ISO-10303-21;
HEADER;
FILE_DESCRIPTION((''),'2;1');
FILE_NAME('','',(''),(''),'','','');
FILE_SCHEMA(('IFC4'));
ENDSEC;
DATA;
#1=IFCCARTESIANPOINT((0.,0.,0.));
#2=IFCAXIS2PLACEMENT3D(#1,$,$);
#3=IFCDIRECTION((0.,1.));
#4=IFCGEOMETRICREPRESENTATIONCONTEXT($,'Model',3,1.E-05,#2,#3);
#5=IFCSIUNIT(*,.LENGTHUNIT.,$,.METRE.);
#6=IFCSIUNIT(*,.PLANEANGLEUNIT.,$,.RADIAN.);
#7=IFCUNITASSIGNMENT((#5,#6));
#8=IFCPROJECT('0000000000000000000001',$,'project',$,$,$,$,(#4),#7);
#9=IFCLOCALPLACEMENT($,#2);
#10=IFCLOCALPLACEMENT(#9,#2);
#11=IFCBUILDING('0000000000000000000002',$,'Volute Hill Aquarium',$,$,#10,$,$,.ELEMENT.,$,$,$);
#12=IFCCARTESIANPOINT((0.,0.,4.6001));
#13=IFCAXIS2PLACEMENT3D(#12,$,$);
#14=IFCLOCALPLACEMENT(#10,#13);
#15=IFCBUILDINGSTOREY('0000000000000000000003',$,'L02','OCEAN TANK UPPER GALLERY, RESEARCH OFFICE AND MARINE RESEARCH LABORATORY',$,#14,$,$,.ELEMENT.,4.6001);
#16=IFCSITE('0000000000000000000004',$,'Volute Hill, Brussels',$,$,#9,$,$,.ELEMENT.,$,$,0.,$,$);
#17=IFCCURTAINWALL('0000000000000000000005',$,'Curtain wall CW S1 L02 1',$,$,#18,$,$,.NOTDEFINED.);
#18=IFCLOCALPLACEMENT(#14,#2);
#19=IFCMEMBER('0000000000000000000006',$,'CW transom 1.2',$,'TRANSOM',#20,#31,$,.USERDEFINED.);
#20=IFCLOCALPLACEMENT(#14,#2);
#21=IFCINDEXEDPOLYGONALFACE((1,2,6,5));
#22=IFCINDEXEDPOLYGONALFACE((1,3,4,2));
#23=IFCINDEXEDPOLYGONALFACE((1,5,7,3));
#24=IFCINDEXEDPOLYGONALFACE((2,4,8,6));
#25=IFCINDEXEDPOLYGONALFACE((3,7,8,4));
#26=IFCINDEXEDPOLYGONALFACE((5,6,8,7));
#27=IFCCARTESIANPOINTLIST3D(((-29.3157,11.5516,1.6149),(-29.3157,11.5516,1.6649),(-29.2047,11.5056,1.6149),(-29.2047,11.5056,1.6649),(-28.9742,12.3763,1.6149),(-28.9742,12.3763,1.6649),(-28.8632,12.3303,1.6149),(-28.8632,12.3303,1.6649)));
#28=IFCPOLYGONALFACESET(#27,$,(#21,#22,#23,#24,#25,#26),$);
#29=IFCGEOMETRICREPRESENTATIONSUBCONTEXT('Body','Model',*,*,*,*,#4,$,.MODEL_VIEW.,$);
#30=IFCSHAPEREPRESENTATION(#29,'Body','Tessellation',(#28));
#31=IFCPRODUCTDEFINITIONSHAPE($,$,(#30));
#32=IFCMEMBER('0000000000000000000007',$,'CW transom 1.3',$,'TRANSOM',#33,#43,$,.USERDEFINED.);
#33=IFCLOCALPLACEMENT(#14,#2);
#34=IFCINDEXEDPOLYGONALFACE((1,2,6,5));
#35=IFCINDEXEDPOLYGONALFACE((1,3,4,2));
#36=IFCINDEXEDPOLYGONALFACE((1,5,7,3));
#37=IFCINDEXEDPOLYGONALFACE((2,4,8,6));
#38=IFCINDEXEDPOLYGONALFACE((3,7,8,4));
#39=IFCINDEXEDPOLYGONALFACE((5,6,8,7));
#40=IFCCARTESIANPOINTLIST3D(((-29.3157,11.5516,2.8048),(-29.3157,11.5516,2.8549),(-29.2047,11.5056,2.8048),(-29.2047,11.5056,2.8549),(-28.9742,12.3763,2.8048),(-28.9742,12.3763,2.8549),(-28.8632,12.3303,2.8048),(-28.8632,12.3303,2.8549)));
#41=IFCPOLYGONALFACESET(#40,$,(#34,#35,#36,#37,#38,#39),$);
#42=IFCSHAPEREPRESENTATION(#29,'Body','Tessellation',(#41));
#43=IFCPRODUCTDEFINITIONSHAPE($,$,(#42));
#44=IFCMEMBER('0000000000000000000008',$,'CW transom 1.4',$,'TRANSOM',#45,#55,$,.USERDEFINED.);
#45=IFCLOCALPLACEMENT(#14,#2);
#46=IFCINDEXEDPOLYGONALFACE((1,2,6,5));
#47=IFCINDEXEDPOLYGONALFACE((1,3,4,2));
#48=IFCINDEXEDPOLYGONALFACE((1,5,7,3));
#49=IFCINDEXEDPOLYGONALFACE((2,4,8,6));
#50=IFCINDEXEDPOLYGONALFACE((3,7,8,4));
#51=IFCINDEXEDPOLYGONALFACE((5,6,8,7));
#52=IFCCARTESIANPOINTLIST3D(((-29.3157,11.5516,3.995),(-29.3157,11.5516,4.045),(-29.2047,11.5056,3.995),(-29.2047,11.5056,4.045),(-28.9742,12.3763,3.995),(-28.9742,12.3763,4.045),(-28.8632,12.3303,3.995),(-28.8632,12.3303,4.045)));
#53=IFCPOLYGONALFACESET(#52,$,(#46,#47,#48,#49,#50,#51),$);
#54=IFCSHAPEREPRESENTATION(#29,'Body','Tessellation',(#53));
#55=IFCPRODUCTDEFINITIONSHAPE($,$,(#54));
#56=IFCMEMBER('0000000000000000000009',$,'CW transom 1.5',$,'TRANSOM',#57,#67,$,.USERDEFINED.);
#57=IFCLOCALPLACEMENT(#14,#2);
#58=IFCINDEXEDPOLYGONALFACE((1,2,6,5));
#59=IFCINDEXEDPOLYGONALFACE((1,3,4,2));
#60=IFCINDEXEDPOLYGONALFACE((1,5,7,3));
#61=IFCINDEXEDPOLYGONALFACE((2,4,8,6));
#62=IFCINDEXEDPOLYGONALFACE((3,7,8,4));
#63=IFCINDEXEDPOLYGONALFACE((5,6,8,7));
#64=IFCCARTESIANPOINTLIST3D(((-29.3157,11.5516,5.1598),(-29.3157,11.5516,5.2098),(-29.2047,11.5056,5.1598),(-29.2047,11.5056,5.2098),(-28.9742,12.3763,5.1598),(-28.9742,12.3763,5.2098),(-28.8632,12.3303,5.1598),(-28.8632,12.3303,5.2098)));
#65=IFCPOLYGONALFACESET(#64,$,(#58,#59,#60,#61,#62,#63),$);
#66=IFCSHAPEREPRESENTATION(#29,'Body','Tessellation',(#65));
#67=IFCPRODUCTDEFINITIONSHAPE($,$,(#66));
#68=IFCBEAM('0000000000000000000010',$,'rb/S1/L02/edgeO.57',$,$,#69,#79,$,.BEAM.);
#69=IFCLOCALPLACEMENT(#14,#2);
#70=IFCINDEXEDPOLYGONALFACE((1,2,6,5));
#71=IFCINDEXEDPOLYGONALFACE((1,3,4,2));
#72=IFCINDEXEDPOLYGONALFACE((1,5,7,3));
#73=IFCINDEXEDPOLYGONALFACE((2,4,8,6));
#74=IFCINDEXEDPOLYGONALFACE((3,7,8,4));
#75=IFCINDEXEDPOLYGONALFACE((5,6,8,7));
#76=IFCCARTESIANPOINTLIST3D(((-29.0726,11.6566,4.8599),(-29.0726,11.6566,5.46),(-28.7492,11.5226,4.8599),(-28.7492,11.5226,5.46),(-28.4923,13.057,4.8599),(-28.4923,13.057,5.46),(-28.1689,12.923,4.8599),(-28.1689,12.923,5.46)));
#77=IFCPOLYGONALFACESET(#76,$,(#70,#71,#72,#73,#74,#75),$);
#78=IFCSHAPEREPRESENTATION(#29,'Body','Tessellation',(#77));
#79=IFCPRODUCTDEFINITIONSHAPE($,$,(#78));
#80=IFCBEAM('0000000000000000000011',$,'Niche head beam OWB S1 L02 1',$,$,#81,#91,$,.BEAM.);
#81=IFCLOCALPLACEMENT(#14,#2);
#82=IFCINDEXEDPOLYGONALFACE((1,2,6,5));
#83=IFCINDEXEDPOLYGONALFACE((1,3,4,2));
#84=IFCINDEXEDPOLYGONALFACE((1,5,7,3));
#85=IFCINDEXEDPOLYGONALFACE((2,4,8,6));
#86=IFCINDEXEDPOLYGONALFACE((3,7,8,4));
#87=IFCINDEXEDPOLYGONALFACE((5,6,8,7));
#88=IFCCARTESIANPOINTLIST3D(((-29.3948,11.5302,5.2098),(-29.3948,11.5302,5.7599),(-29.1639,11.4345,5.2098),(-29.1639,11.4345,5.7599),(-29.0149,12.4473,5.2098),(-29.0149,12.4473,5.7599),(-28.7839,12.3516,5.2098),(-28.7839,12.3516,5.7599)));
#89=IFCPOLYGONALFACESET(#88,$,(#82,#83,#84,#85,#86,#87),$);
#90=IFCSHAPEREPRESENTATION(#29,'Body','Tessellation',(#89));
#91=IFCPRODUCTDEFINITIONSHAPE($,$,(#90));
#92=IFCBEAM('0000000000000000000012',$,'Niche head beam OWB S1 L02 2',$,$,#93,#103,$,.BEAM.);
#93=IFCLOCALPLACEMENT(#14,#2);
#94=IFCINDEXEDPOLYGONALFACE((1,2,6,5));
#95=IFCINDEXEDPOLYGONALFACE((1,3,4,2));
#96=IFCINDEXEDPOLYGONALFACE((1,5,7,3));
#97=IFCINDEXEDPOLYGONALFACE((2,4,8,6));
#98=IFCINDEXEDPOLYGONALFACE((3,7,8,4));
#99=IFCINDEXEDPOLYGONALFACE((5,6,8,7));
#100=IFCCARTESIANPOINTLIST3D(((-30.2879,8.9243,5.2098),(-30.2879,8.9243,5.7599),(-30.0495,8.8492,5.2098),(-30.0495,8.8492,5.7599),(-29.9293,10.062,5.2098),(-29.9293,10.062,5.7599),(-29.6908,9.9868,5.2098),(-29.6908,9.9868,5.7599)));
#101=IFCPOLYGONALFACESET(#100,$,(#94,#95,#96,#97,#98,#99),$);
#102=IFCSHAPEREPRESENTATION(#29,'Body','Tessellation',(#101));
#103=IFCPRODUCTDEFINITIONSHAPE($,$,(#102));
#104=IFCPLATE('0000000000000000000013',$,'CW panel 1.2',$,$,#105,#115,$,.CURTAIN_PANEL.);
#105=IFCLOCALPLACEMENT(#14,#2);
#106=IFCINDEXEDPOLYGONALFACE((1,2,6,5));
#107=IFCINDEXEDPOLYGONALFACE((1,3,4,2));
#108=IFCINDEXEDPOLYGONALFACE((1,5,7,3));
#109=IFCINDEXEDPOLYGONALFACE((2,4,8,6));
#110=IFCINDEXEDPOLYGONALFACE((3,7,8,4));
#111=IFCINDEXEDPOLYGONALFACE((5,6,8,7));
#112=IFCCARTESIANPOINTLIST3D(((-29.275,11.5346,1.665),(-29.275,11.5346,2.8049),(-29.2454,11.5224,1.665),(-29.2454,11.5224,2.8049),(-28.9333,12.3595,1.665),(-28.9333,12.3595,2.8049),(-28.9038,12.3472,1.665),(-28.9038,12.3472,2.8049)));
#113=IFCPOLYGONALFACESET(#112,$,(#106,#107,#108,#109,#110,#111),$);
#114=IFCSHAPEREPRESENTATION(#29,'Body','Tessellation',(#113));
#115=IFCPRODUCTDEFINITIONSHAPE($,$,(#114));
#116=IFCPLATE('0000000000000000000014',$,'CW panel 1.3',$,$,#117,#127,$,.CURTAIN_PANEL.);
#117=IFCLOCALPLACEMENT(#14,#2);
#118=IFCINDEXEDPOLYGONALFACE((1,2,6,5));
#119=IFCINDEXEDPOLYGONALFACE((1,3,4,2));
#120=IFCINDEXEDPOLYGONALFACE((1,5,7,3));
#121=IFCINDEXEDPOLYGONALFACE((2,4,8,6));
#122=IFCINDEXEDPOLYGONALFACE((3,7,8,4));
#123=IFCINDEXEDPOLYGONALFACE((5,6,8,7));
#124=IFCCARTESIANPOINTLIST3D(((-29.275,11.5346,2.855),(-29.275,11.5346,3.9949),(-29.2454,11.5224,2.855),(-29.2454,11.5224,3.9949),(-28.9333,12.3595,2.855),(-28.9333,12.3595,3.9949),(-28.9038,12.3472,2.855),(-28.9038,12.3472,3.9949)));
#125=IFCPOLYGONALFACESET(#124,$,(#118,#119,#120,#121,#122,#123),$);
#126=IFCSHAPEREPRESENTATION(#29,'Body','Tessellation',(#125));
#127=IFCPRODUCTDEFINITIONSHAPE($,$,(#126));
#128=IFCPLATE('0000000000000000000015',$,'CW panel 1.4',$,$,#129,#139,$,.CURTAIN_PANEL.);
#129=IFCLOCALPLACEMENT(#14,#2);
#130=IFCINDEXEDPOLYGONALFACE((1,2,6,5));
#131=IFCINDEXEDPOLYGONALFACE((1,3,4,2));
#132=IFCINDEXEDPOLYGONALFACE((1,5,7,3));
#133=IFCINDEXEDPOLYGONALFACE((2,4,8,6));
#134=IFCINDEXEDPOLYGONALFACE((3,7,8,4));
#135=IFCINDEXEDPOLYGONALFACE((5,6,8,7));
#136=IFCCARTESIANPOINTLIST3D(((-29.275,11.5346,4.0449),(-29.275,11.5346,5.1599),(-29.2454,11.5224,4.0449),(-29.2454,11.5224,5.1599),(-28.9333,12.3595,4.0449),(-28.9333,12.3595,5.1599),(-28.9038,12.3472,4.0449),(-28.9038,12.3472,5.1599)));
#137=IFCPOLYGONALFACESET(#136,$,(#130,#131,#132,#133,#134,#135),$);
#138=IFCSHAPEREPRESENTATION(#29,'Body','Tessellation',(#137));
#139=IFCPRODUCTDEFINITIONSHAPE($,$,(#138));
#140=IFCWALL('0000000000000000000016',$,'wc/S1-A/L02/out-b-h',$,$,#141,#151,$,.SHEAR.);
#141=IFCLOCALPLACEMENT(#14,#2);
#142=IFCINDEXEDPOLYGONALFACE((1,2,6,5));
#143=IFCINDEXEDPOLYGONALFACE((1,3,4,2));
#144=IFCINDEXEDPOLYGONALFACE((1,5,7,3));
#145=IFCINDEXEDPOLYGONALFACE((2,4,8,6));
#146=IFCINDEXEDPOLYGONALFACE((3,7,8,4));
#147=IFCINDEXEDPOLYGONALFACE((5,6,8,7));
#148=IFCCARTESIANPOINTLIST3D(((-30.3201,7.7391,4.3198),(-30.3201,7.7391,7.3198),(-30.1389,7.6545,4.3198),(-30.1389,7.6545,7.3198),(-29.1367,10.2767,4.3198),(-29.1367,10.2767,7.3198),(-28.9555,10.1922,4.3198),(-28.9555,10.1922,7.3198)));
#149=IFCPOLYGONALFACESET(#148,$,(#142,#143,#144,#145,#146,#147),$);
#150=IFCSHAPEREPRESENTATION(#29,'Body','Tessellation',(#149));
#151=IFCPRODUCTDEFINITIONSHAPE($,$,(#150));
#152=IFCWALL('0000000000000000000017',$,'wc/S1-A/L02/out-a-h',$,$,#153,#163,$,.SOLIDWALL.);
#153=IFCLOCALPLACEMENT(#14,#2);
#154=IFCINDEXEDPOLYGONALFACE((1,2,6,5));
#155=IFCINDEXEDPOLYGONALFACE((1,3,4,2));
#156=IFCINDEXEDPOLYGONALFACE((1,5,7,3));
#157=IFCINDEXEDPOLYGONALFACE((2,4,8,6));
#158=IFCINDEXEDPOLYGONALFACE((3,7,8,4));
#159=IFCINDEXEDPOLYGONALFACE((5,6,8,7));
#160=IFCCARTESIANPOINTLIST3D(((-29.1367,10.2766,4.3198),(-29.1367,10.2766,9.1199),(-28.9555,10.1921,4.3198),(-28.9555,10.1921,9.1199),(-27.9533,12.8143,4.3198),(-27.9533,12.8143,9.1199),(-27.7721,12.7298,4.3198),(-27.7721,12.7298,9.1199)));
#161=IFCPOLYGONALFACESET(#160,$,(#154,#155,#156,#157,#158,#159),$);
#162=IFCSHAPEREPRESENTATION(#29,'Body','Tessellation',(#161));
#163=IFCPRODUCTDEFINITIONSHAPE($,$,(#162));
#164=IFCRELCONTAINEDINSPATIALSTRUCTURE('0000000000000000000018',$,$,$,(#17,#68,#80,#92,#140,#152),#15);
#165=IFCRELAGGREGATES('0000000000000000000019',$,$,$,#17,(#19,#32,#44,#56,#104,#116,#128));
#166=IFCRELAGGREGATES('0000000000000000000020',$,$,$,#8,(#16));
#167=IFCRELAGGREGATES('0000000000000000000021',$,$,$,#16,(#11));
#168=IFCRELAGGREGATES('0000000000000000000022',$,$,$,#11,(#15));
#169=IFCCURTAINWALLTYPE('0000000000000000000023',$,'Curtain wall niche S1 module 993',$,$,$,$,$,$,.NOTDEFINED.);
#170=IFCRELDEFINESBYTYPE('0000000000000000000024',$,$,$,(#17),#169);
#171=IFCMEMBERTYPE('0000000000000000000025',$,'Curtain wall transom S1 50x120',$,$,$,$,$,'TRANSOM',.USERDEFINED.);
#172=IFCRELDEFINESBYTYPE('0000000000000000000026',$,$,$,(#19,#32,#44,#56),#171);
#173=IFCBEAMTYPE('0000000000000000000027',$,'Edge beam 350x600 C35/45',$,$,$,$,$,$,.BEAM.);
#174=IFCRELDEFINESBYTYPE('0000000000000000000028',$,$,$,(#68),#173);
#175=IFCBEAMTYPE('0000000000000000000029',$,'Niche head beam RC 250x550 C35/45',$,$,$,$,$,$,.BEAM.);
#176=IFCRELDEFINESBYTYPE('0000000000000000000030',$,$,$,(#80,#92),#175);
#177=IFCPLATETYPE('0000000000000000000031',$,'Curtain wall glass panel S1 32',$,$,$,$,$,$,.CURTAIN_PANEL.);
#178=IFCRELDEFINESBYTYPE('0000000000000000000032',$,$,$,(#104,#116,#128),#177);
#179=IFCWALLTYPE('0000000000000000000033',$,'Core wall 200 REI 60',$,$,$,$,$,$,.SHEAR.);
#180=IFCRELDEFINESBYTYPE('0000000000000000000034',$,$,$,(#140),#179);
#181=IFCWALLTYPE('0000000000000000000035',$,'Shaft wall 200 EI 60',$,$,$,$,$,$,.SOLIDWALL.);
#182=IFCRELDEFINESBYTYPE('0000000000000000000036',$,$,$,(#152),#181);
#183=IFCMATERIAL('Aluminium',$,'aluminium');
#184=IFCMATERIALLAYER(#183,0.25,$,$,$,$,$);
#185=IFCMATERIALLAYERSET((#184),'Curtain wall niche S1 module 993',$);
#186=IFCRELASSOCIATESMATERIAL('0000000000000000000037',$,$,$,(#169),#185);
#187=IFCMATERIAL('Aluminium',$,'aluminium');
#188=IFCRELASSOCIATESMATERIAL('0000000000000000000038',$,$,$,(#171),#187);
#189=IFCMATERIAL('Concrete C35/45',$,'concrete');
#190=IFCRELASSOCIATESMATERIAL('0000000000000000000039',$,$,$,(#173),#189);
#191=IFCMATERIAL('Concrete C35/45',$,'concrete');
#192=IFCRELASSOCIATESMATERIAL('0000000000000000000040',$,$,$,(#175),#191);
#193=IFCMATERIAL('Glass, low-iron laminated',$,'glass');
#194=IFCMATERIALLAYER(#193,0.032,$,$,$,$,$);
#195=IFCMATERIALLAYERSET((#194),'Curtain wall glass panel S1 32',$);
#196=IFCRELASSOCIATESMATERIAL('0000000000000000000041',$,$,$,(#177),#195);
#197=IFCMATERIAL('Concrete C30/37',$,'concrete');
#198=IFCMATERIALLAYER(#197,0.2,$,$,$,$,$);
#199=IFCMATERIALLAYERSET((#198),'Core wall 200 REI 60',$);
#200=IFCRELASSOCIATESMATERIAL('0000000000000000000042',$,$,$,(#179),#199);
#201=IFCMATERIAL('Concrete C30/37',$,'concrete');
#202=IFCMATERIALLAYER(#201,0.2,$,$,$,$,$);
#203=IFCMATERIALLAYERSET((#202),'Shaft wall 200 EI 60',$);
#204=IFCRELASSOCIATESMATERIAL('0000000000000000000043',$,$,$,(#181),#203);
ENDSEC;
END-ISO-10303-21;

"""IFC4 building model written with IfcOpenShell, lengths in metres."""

from ifc_helpers import new_model, si_unit, direction, frame, frame_2d, origin, origin_2d, place, context, subcontext, project, spatial, rectangle, extrude, material, layer, layer_set, material_profile, profile_set, type_object, element, aggregate, save


model = new_model("IFC4")

# Units and contexts
model_context = context("Model", 3, precision=1e-05, world=origin(), true_north=direction((0.0, 1.0)))
body_context = subcontext(model_context, "Body", "Model", "MODEL_VIEW")
ifc_project = project(units=[si_unit("LENGTHUNIT", "METRE"), si_unit("PLANEANGLEUNIT", "RADIAN")], contexts=[model_context])

# Site, building, storey
site_placement = place(None, origin())
site = spatial("IfcSite", under=ifc_project, at=site_placement, Name="Volute Hill, Brussels", CompositionType="ELEMENT", RefElevation=0.0)
building_placement = place(site_placement, origin())
building = spatial("IfcBuilding", under=site, at=building_placement, Name="Volute Hill Aquarium", CompositionType="ELEMENT")
storey_placement = place(building_placement, frame((0.0, 0.0, 4.6001)))
storey = spatial("IfcBuildingStorey", under=building, at=storey_placement, Name="L02", Description="OCEAN TANK UPPER GALLERY, RESEARCH OFFICE AND MARINE RESEARCH LABORATORY", CompositionType="ELEMENT", Elevation=4.6001)

# Curtain wall, members
ifc_material_1 = material(Name="Aluminium", Category="aluminium")
ifc_layer_1 = layer(ifc_material_1, 0.25)
ifc_layer_set_1 = layer_set([ifc_layer_1], Name="Curtain wall niche S1 module 993")
curtain_wall_type = type_object("IfcCurtainWallType", Name="Curtain wall niche S1 module 993", PredefinedType="NOTDEFINED", material=ifc_layer_set_1)
curtain_wall_placement = place(storey_placement, origin())
curtain_wall = element("IfcCurtainWall", 1, at=curtain_wall_placement, inside=storey, type_object=curtain_wall_type, Name="Curtain wall CW S1 L02 1", PredefinedType="NOTDEFINED")
ifc_material_2 = material(Name="Aluminium", Category="aluminium")
ifc_material_profile_1 = material_profile(ifc_material_2, rectangle(XDim=0.1201, YDim=0.05, at=origin_2d()), Name="Curtain wall transom S1 50x120")
ifc_profile_set_1 = profile_set([ifc_material_profile_1], Name="Aluminium")
member_type = type_object("IfcMemberType", Name="Curtain wall transom S1 50x120", ElementType="TRANSOM", PredefinedType="USERDEFINED", material=ifc_profile_set_1)
member_1_placement = place(storey_placement, frame((-28.9187, 12.3533, 1.6399), z_axis=(-0.382634, -0.9239, 0.0), x_axis=(0.9239, -0.382634, 0.0)))
member_1 = element("IfcMember", 2, at=member_1_placement, type_object=member_type, Name="CW transom 1.2", ObjectType="TRANSOM", PredefinedType="USERDEFINED", context=body_context, shape_type="SweptSolid", body=[
    extrude(rectangle(XDim=0.1201, YDim=0.05, at=origin_2d()), origin(), (0.0, 0.0, 1.0), 0.8926),
])
member_2_placement = place(storey_placement, frame((-28.9187, 12.3533, 2.8298), z_axis=(-0.382634, -0.9239, 0.0), x_axis=(0.9239, -0.382634, 0.0)))
member_2 = element("IfcMember", 3, at=member_2_placement, type_object=member_type, Name="CW transom 1.3", ObjectType="TRANSOM", PredefinedType="USERDEFINED", context=body_context, shape_type="SweptSolid", body=[
    extrude(rectangle(XDim=0.1201, YDim=0.05, at=origin_2d()), origin(), (0.0, 0.0, 1.0), 0.8926),
])
member_3_placement = place(storey_placement, frame((-28.9187, 12.3533, 4.02), z_axis=(-0.382634, -0.9239, 0.0), x_axis=(0.9239, -0.382634, 0.0)))
member_3 = element("IfcMember", 4, at=member_3_placement, type_object=member_type, Name="CW transom 1.4", ObjectType="TRANSOM", PredefinedType="USERDEFINED", context=body_context, shape_type="SweptSolid", body=[
    extrude(rectangle(XDim=0.1201, YDim=0.05, at=origin_2d()), origin(), (0.0, 0.0, 1.0), 0.8926),
])
member_4_placement = place(storey_placement, frame((-28.9187, 12.3533, 5.1848), z_axis=(-0.382634, -0.9239, 0.0), x_axis=(0.9239, -0.382634, 0.0)))
member_4 = element("IfcMember", 5, at=member_4_placement, type_object=member_type, Name="CW transom 1.5", ObjectType="TRANSOM", PredefinedType="USERDEFINED", context=body_context, shape_type="SweptSolid", body=[
    extrude(rectangle(XDim=0.1201, YDim=0.05, at=origin_2d()), origin(), (0.0, 0.0, 1.0), 0.8926),
])

# Beams
ifc_material_3 = material(Name="Concrete C35/45", Category="concrete")
ifc_material_profile_2 = material_profile(ifc_material_3, rectangle(XDim=0.3501, YDim=0.6001, at=origin_2d()), Name="RC edge beam 350x600")
ifc_profile_set_2 = profile_set([ifc_material_profile_2], Name="Concrete C35/45")
beam_type_1 = type_object("IfcBeamType", Name="Edge beam 350x600 C35/45", PredefinedType="BEAM", material=ifc_profile_set_2)
beam_1_placement = place(storey_placement, frame((-28.3306, 12.99, 5.1599), z_axis=(-0.382831, -0.923819, 0.0), x_axis=(0.923819, -0.382831, 0.0)))
element("IfcBeam", 6, at=beam_1_placement, inside=storey, type_object=beam_type_1, Name="rb/S1/L02/edgeO.57", PredefinedType="BEAM", context=body_context, shape_type="SweptSolid", body=[
    extrude(rectangle(XDim=0.3501, YDim=0.6001, at=origin_2d()), origin(), (0.0, 0.0, 1.0), 1.5159),
])
ifc_material_4 = material(Name="Concrete C35/45", Category="concrete")
ifc_material_profile_3 = material_profile(ifc_material_4, rectangle(XDim=0.25, YDim=0.55, at=origin_2d()), Name="RC beam 250x550")
ifc_profile_set_3 = profile_set([ifc_material_profile_3], Name="Concrete C35/45")
beam_type_2 = type_object("IfcBeamType", Name="Niche head beam RC 250x550 C35/45", PredefinedType="BEAM", material=ifc_profile_set_3)
beam_2_placement = place(storey_placement, frame((-28.8994, 12.3994, 5.4849), z_axis=(-0.382728, -0.923861, 0.0), x_axis=(0.923861, -0.382728, 0.0)))
element("IfcBeam", 7, at=beam_2_placement, inside=storey, type_object=beam_type_2, Name="Niche head beam OWB S1 L02 1", PredefinedType="BEAM", context=body_context, shape_type="SweptSolid", body=[
    extrude(rectangle(XDim=0.25, YDim=0.55, at=origin_2d()), origin(), (0.0, 0.0, 1.0), 0.9927),
])
beam_3_placement = place(storey_placement, frame((-29.8101, 10.0244, 5.4849), z_axis=(-0.300651, -0.953734, 0.0), x_axis=(0.953734, -0.300651, 0.0)))
element("IfcBeam", 8, at=beam_3_placement, inside=storey, type_object=beam_type_2, Name="Niche head beam OWB S1 L02 2", PredefinedType="BEAM", context=body_context, shape_type="SweptSolid", body=[
    extrude(rectangle(XDim=0.25, YDim=0.55, at=origin_2d()), origin(), (0.0, 0.0, 1.0), 1.1929),
])

# Plates
ifc_material_5 = material(Name="Glass, low-iron laminated", Category="glass")
ifc_layer_2 = layer(ifc_material_5, 0.032)
ifc_layer_set_2 = layer_set([ifc_layer_2], Name="Curtain wall glass panel S1 32")
plate_type = type_object("IfcPlateType", Name="Curtain wall glass panel S1 32", PredefinedType="CURTAIN_PANEL", material=ifc_layer_set_2)
plate_1_placement = place(storey_placement, frame((-29.0894, 11.9409, 1.665), z_axis=(0.0, 0.0, 1.0), x_axis=(-0.38267, -0.923885, 0.0)))
plate_1 = element("IfcPlate", 9, at=plate_1_placement, type_object=plate_type, Name="CW panel 1.2", PredefinedType="CURTAIN_PANEL", context=body_context, shape_type="SweptSolid", body=[
    extrude(rectangle(XDim=0.8928, YDim=0.032, at=origin_2d()), origin(), (0.0, 0.0, 1.0), 1.1399),
])
plate_2_placement = place(storey_placement, frame((-29.0894, 11.9409, 2.855), z_axis=(0.0, 0.0, 1.0), x_axis=(-0.38267, -0.923885, 0.0)))
plate_2 = element("IfcPlate", 10, at=plate_2_placement, type_object=plate_type, Name="CW panel 1.3", PredefinedType="CURTAIN_PANEL", context=body_context, shape_type="SweptSolid", body=[
    extrude(rectangle(XDim=0.8928, YDim=0.032, at=origin_2d()), origin(), (0.0, 0.0, 1.0), 1.1399),
])
plate_3_placement = place(storey_placement, frame((-29.0894, 11.9409, 4.0449), z_axis=(0.0, 0.0, 1.0), x_axis=(-0.38267, -0.923885, 0.0)))
plate_3 = element("IfcPlate", 11, at=plate_3_placement, type_object=plate_type, Name="CW panel 1.4", PredefinedType="CURTAIN_PANEL", context=body_context, shape_type="SweptSolid", body=[
    extrude(rectangle(XDim=0.8928, YDim=0.032, at=origin_2d()), origin(), (0.0, 0.0, 1.0), 1.115),
])
aggregate(curtain_wall, [member_1, member_2, member_3, member_4, plate_1, plate_2, plate_3])

# Walls
ifc_material_6 = material(Name="Concrete C30/37", Category="concrete")
ifc_layer_3 = layer(ifc_material_6, 0.2)
ifc_layer_set_3 = layer_set([ifc_layer_3], Name="Core wall 200 REI 60")
wall_type_1 = type_object("IfcWallType", Name="Core wall 200 REI 60", PredefinedType="SHEAR", material=ifc_layer_set_3)
wall_1_placement = place(storey_placement, frame((-29.0461, 10.2344, 4.3198), z_axis=(0.0, 0.0, 1.0), x_axis=(-0.422632, -0.906301, 0.0)))
element("IfcWall", 12, at=wall_1_placement, inside=storey, type_object=wall_type_1, Name="wc/S1-A/L02/out-b-h", PredefinedType="SHEAR", context=body_context, shape_type="SweptSolid", body=[
    extrude(rectangle(XDim=2.8, YDim=0.2, at=frame_2d((1.3999, 0.0))), origin(), (0.0, 0.0, 1.0), 3.0),
])
ifc_material_7 = material(Name="Concrete C30/37", Category="concrete")
ifc_layer_4 = layer(ifc_material_7, 0.2)
ifc_layer_set_4 = layer_set([ifc_layer_4], Name="Shaft wall 200 EI 60")
wall_type_2 = type_object("IfcWallType", Name="Shaft wall 200 EI 60", PredefinedType="SOLIDWALL", material=ifc_layer_set_4)
wall_2_placement = place(storey_placement, frame((-27.8628, 12.772, 4.3198), z_axis=(0.0, 0.0, 1.0), x_axis=(-0.422632, -0.906301, 0.0)))
element("IfcWall", 13, at=wall_2_placement, inside=storey, type_object=wall_type_2, Name="wc/S1-A/L02/out-a-h", PredefinedType="SOLIDWALL", context=body_context, shape_type="SweptSolid", body=[
    extrude(rectangle(XDim=2.8, YDim=0.2, at=frame_2d((1.3999, 0.0))), origin(), (0.0, 0.0, 1.0), 4.8),
])

save(model, "model.ifc")
